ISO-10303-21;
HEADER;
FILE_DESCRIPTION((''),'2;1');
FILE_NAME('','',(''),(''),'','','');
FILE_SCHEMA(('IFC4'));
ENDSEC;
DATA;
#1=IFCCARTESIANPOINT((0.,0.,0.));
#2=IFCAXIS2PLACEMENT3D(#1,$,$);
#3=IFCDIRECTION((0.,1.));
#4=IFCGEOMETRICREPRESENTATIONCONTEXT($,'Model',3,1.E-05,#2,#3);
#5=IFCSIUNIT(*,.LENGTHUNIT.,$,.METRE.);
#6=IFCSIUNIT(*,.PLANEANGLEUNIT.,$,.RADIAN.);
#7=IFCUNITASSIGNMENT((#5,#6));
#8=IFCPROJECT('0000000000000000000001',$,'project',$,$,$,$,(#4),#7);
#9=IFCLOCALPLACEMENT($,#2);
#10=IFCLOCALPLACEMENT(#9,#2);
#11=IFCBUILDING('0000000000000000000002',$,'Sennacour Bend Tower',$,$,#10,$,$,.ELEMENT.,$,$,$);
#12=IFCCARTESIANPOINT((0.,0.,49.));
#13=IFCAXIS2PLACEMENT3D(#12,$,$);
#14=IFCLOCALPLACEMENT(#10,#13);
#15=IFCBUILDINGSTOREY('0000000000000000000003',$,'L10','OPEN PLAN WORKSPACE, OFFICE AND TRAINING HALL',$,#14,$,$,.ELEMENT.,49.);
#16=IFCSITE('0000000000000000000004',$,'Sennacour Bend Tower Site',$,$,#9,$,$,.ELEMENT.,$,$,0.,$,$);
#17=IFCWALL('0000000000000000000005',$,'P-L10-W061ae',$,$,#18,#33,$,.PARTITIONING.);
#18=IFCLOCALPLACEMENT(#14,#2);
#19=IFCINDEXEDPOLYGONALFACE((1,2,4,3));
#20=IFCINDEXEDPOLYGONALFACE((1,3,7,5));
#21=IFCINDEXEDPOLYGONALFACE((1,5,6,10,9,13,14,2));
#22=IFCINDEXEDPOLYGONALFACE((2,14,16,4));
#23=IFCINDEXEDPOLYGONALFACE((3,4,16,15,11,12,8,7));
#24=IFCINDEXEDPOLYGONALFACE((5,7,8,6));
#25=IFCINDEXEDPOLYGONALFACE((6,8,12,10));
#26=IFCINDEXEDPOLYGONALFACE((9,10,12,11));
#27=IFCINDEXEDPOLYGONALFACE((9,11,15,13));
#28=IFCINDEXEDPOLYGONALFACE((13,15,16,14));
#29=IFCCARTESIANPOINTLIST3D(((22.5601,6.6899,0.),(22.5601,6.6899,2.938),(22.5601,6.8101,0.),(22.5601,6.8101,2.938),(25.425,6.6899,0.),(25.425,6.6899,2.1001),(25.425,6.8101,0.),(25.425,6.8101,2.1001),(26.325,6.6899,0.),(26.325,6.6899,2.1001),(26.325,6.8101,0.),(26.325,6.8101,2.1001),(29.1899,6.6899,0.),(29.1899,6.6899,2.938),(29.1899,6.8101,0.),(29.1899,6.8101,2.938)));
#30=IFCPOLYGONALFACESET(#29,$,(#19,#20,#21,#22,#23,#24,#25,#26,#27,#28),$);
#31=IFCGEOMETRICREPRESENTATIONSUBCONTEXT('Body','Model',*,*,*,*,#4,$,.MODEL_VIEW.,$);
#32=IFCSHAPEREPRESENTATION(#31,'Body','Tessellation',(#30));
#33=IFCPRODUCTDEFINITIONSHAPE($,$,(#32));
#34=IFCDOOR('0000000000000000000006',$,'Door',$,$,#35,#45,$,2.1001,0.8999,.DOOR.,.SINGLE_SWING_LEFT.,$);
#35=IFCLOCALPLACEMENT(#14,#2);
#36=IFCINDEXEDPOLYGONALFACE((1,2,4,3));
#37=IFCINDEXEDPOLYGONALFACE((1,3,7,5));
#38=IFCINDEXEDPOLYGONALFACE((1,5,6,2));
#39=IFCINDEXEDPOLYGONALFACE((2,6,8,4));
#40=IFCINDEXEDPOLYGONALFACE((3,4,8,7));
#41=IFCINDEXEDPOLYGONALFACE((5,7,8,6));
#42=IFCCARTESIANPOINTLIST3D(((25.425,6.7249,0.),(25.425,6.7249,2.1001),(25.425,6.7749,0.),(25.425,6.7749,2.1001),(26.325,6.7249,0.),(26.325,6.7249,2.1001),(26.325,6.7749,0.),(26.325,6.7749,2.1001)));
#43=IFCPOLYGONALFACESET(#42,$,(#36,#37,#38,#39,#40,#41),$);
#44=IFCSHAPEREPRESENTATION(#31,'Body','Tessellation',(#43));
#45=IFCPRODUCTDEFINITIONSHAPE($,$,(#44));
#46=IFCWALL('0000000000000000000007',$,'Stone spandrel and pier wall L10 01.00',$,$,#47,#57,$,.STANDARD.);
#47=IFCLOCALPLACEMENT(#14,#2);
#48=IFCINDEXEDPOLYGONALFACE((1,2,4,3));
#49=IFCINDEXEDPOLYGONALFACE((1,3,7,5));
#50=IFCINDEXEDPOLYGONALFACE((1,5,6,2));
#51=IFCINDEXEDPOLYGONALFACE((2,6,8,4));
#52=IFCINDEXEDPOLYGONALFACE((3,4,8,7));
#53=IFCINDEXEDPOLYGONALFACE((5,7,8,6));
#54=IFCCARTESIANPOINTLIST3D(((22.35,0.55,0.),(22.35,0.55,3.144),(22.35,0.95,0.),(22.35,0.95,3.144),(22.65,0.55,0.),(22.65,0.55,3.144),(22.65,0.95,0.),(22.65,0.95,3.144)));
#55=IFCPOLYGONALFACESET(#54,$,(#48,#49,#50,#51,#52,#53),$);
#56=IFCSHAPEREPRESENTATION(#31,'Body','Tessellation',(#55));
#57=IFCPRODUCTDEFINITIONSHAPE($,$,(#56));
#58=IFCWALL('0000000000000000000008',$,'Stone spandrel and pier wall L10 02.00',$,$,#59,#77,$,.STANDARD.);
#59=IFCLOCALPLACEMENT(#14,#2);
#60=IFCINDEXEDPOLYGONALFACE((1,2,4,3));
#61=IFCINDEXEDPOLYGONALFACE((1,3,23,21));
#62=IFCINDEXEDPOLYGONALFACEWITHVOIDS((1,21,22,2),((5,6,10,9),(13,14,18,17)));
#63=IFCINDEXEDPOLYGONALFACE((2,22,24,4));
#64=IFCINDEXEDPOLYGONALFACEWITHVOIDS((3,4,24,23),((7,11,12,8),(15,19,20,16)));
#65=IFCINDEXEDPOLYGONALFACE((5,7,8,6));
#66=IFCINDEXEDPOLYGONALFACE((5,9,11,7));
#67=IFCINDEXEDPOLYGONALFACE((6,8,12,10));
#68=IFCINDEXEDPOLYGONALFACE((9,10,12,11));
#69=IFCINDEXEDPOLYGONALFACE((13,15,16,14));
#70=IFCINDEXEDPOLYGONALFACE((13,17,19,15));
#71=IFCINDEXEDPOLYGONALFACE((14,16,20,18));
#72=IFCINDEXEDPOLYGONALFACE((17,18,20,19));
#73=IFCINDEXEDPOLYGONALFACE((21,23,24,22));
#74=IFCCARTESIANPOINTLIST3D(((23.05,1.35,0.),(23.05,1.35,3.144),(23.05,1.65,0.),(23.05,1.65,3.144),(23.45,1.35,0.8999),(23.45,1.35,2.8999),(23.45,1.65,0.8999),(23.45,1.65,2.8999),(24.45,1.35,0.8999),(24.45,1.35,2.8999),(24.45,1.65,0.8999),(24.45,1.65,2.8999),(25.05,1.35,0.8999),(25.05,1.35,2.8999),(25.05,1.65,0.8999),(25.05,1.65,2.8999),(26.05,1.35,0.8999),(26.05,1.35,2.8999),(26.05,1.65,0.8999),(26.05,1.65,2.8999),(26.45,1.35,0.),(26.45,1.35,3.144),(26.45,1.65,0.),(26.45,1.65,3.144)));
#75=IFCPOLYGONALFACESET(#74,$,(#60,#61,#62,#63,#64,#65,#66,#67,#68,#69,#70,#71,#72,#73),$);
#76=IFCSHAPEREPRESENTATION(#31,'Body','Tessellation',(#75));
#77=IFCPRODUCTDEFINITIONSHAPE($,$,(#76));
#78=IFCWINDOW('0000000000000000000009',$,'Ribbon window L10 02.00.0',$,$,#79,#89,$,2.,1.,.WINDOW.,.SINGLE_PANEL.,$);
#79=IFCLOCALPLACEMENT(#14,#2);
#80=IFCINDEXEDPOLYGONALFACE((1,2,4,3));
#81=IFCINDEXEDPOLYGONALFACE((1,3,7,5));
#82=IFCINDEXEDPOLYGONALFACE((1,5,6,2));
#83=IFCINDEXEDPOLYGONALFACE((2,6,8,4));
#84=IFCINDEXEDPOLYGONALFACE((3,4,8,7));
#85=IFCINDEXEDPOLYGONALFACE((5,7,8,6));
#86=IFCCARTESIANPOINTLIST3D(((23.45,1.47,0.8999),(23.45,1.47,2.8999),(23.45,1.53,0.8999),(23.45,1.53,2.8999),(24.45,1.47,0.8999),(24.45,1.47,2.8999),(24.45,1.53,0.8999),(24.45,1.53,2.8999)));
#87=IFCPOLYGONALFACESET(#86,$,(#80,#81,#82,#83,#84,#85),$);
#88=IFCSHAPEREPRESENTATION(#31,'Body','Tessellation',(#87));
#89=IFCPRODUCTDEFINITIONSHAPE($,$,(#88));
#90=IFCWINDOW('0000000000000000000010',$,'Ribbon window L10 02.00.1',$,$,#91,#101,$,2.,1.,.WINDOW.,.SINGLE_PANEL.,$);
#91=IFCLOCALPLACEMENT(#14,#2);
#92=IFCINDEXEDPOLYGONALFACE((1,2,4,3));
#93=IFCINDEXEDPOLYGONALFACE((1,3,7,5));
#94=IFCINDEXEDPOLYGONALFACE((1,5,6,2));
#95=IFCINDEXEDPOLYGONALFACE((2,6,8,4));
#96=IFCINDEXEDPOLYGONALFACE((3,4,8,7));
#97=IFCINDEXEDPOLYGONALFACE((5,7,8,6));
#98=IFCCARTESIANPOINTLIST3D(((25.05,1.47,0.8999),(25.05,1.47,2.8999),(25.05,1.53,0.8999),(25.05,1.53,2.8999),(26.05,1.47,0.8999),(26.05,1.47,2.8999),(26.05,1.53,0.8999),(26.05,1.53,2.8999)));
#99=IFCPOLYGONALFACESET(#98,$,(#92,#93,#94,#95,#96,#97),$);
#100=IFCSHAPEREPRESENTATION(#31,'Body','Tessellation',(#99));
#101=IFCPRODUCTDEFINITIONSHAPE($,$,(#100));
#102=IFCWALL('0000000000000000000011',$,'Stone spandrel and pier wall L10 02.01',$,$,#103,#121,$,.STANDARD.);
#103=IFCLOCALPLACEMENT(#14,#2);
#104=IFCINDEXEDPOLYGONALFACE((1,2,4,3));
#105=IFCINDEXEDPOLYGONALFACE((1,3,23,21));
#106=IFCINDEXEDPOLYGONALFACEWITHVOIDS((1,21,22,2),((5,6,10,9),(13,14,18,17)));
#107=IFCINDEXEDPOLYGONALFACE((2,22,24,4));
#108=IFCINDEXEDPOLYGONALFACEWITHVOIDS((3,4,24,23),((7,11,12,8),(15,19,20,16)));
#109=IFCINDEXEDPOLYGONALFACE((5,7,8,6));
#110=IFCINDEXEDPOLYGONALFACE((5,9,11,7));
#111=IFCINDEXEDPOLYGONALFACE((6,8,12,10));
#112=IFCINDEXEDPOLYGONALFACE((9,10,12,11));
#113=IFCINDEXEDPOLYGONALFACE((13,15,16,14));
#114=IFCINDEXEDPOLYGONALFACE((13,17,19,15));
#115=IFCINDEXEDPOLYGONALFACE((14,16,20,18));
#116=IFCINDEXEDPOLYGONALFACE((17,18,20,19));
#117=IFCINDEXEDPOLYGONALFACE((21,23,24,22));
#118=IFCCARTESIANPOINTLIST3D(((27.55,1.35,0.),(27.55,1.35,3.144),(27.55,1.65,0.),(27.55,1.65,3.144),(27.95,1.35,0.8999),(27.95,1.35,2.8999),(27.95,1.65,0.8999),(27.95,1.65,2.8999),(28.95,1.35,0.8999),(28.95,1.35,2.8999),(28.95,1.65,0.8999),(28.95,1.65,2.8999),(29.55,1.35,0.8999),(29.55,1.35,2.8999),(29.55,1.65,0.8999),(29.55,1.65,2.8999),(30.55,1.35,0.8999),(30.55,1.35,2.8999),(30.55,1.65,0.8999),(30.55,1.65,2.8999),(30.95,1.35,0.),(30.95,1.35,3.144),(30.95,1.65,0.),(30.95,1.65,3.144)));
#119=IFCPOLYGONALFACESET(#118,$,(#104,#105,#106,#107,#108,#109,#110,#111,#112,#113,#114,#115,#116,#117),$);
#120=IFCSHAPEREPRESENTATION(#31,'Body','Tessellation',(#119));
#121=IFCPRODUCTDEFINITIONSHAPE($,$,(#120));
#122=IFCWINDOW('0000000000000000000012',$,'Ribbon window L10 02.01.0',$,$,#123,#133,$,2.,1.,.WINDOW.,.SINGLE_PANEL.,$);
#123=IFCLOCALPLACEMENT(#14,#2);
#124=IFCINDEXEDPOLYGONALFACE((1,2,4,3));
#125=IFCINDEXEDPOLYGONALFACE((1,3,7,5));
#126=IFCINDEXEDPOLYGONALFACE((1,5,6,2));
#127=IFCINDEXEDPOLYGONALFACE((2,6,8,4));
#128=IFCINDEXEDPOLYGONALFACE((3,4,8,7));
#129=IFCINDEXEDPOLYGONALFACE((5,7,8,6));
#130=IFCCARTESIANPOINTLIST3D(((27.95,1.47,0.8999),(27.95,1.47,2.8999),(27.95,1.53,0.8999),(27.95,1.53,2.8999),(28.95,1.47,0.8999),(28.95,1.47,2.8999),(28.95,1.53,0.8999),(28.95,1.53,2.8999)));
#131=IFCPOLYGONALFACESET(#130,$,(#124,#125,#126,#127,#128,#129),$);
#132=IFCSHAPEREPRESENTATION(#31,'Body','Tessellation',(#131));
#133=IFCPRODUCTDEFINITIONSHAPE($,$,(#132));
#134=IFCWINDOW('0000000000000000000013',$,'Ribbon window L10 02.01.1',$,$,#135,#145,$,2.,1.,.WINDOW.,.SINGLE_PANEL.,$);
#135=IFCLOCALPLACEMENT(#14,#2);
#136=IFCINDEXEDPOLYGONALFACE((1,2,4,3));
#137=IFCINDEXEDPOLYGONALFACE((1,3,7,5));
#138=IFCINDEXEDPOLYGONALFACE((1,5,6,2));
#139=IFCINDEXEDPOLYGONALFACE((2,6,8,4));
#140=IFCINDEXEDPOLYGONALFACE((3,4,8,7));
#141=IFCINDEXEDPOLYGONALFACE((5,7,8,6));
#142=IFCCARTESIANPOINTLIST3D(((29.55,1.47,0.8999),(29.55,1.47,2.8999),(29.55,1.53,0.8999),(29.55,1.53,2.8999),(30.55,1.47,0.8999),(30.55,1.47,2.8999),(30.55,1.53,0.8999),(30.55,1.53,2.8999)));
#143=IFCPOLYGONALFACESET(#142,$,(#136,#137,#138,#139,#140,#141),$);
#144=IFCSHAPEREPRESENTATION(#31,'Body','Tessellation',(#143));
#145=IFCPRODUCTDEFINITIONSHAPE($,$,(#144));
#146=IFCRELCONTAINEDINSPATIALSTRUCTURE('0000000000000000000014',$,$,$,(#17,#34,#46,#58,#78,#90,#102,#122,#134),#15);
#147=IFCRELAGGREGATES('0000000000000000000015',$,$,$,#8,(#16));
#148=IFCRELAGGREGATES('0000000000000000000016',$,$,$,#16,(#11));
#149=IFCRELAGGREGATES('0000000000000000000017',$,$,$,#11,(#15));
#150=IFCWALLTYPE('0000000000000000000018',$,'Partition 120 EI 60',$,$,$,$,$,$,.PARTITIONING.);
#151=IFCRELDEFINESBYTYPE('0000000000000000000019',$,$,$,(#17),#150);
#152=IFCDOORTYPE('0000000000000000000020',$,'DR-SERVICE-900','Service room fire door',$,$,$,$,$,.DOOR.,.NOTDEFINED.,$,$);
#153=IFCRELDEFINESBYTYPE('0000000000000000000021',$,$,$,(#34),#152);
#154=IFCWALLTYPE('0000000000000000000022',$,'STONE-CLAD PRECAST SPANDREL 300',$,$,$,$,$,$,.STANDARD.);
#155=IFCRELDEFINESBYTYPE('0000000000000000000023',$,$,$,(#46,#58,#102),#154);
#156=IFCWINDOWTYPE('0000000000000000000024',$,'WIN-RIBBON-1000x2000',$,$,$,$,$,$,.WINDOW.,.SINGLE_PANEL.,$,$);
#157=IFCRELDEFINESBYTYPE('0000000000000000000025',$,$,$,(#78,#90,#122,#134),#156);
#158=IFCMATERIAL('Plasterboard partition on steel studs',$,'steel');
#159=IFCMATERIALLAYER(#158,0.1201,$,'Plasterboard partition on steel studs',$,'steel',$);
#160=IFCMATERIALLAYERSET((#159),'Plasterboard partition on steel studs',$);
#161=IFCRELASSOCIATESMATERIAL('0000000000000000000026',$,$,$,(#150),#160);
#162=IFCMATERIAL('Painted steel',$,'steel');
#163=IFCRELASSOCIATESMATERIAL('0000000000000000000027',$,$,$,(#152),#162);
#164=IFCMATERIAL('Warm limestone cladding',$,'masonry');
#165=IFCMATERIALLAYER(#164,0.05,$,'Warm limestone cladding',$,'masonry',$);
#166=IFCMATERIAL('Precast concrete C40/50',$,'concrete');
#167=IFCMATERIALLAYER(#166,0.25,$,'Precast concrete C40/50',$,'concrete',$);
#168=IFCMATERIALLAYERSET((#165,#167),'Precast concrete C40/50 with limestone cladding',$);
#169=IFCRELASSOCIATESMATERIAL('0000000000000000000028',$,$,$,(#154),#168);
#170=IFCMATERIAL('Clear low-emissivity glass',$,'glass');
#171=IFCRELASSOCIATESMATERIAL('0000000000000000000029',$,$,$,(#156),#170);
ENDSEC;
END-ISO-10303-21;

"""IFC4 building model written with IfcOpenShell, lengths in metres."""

from ifc_helpers import new_model, si_unit, direction, frame, frame_2d, origin, place, context, subcontext, project, spatial, rectangle, extrude, material, layer, layer_set, type_object, element, fill, save


model = new_model("IFC4")

# Units and contexts
model_context = context("Model", 3, precision=1e-05, world=origin(), true_north=direction((0.0, 1.0)))
body_context = subcontext(model_context, "Body", "Model", "MODEL_VIEW")
ifc_project = project(units=[si_unit("LENGTHUNIT", "METRE"), si_unit("PLANEANGLEUNIT", "RADIAN")], contexts=[model_context])

# Site, building, storey
site_placement = place(None, origin())
site = spatial("IfcSite", under=ifc_project, at=site_placement, Name="Sennacour Bend Tower Site", CompositionType="ELEMENT", RefElevation=0.0)
building_placement = place(site_placement, origin())
building = spatial("IfcBuilding", under=site, at=building_placement, Name="Sennacour Bend Tower", CompositionType="ELEMENT")
storey_placement = place(building_placement, frame((0.0, 0.0, 49.0)))
storey = spatial("IfcBuildingStorey", under=building, at=storey_placement, Name="L10", Description="OPEN PLAN WORKSPACE, OFFICE AND TRAINING HALL", CompositionType="ELEMENT", Elevation=49.0)

# Shared definitions
ifc_material_1 = material(Name="Plasterboard partition on steel studs", Category="steel")

# Wall, opening, door
ifc_layer_1 = layer(ifc_material_1, 0.1201, Name="Plasterboard partition on steel studs", Category="steel")
ifc_layer_set_1 = layer_set([ifc_layer_1], Name="Plasterboard partition on steel studs")
wall_type_1 = type_object("IfcWallType", Name="Partition 120 EI 60", PredefinedType="PARTITIONING", material=ifc_layer_set_1)
wall_1_placement = place(storey_placement, frame((22.5601, 6.75, 0.0), z_axis=(0.0, 0.0, 1.0), x_axis=(1.0, 0.0, 0.0)))
wall_1 = element("IfcWall", 1, at=wall_1_placement, inside=storey, type_object=wall_type_1, Name="P-L10-W061ae", PredefinedType="PARTITIONING", context=body_context, shape_type="SweptSolid", body=[
    extrude(rectangle(XDim=6.6299, YDim=0.1201, at=frame_2d((3.3149, 0.0))), origin(), (0.0, 0.0, 1.0), 2.938),
])
opening_1_placement = place(wall_1_placement, frame((2.865, 0.0, 0.0)))
opening_1 = element("IfcOpeningElement", 2, at=opening_1_placement, cuts=wall_1, PredefinedType="OPENING", context=body_context, shape_type="SweptSolid", body=[
    extrude(rectangle(XDim=0.8999, YDim=2.1001, at=frame_2d((0.45, 1.05))), frame((0.0, 0.0701, 0.0), z_axis=(0.0, -1.0, 0.0), x_axis=(1.0, 0.0, 0.0)), (0.0, 0.0, 1.0), 0.1401),
])
ifc_material_2 = material(Name="Painted steel", Category="steel")
door_type_1 = type_object("IfcDoorType", Name="DR-SERVICE-900", Description="Service room fire door", OperationType="NOTDEFINED", PredefinedType="DOOR", material=ifc_material_2)
door_1_placement = place(opening_1_placement, origin())
door_1 = element("IfcDoor", 3, at=door_1_placement, inside=storey, type_object=door_type_1, Name="Door", OperationType="SINGLE_SWING_LEFT", OverallHeight=2.1001, OverallWidth=0.8999, PredefinedType="DOOR", context=body_context, shape_type="SweptSolid", body=[
    extrude(rectangle(XDim=0.8999, YDim=2.1001, at=frame_2d((0.45, 1.05))), frame((0.0, 0.0249, 0.0), z_axis=(0.0, -1.0, 0.0), x_axis=(1.0, 0.0, 0.0)), (0.0, 0.0, 1.0), 0.05),
])
fill(opening_1, door_1)

# Wall
ifc_material_3 = material(Name="Warm limestone cladding", Category="masonry")
ifc_layer_2 = layer(ifc_material_3, 0.05, Name="Warm limestone cladding", Category="masonry")
ifc_material_4 = material(Name="Precast concrete C40/50", Category="concrete")
ifc_layer_3 = layer(ifc_material_4, 0.25, Name="Precast concrete C40/50", Category="concrete")
ifc_layer_set_2 = layer_set([ifc_layer_2, ifc_layer_3], Name="Precast concrete C40/50 with limestone cladding")
wall_type_2 = type_object("IfcWallType", Name="STONE-CLAD PRECAST SPANDREL 300", PredefinedType="STANDARD", material=ifc_layer_set_2)
wall_2_placement = place(storey_placement, frame((22.5, 0.55, 0.0), z_axis=(0.0, 0.0, 1.0), x_axis=(0.0, 1.0, 0.0)))
element("IfcWall", 4, at=wall_2_placement, inside=storey, type_object=wall_type_2, Name="Stone spandrel and pier wall L10 01.00", PredefinedType="STANDARD", context=body_context, shape_type="SweptSolid", body=[
    extrude(rectangle(XDim=0.3999, YDim=0.3, at=frame_2d((0.2, 0.0))), origin(), (0.0, 0.0, 1.0), 3.144),
])

# Walls, openings, windows
wall_3_placement = place(storey_placement, frame((23.05, 1.5, 0.0), z_axis=(0.0, 0.0, 1.0), x_axis=(1.0, 0.0, 0.0)))
wall_3 = element("IfcWall", 5, at=wall_3_placement, inside=storey, type_object=wall_type_2, Name="Stone spandrel and pier wall L10 02.00", PredefinedType="STANDARD", context=body_context, shape_type="SweptSolid", body=[
    extrude(rectangle(XDim=3.3999, YDim=0.3, at=frame_2d((1.7, 0.0))), origin(), (0.0, 0.0, 1.0), 3.144),
])
opening_2_placement = place(wall_3_placement, frame((0.3999, 0.0, 0.8999)))
opening_2 = element("IfcOpeningElement", 6, at=opening_2_placement, cuts=wall_3, PredefinedType="OPENING", context=body_context, shape_type="SweptSolid", body=[
    extrude(rectangle(XDim=1.0, YDim=2.0, at=frame_2d((0.5, 1.0))), frame((0.0, 0.1602, 0.0), z_axis=(0.0, -1.0, 0.0), x_axis=(1.0, 0.0, 0.0)), (0.0, 0.0, 1.0), 0.3201),
])
opening_3_placement = place(wall_3_placement, frame((2.0, 0.0, 0.8999)))
opening_3 = element("IfcOpeningElement", 7, at=opening_3_placement, cuts=wall_3, PredefinedType="OPENING", context=body_context, shape_type="SweptSolid", body=[
    extrude(rectangle(XDim=1.0, YDim=2.0, at=frame_2d((0.5, 1.0))), frame((0.0, 0.1602, 0.0), z_axis=(0.0, -1.0, 0.0), x_axis=(1.0, 0.0, 0.0)), (0.0, 0.0, 1.0), 0.3201),
])
ifc_material_5 = material(Name="Clear low-emissivity glass", Category="glass")
window_type = type_object("IfcWindowType", Name="WIN-RIBBON-1000x2000", PartitioningType="SINGLE_PANEL", PredefinedType="WINDOW", material=ifc_material_5)
window_1_placement = place(opening_2_placement, origin())
window_1 = element("IfcWindow", 8, at=window_1_placement, inside=storey, type_object=window_type, Name="Ribbon window L10 02.00.0", OverallHeight=2.0, OverallWidth=1.0, PartitioningType="SINGLE_PANEL", PredefinedType="WINDOW", context=body_context, shape_type="SweptSolid", body=[
    extrude(rectangle(XDim=1.0, YDim=2.0, at=frame_2d((0.5, 1.0))), frame((0.0, 0.03, 0.0), z_axis=(0.0, -1.0, 0.0), x_axis=(1.0, 0.0, 0.0)), (0.0, 0.0, 1.0), 0.0601),
])
fill(opening_2, window_1)
window_2_placement = place(opening_3_placement, origin())
window_2 = element("IfcWindow", 9, at=window_2_placement, inside=storey, type_object=window_type, Name="Ribbon window L10 02.00.1", OverallHeight=2.0, OverallWidth=1.0, PartitioningType="SINGLE_PANEL", PredefinedType="WINDOW", context=body_context, shape_type="SweptSolid", body=[
    extrude(rectangle(XDim=1.0, YDim=2.0, at=frame_2d((0.5, 1.0))), frame((0.0, 0.03, 0.0), z_axis=(0.0, -1.0, 0.0), x_axis=(1.0, 0.0, 0.0)), (0.0, 0.0, 1.0), 0.0601),
])
fill(opening_3, window_2)
wall_4_placement = place(storey_placement, frame((27.55, 1.5, 0.0), z_axis=(0.0, 0.0, 1.0), x_axis=(1.0, 0.0, 0.0)))
wall_4 = element("IfcWall", 10, at=wall_4_placement, inside=storey, type_object=wall_type_2, Name="Stone spandrel and pier wall L10 02.01", PredefinedType="STANDARD", context=body_context, shape_type="SweptSolid", body=[
    extrude(rectangle(XDim=3.3999, YDim=0.3, at=frame_2d((1.7, 0.0))), origin(), (0.0, 0.0, 1.0), 3.144),
])
opening_4_placement = place(wall_4_placement, frame((0.3999, 0.0, 0.8999)))
opening_4 = element("IfcOpeningElement", 11, at=opening_4_placement, cuts=wall_4, PredefinedType="OPENING", context=body_context, shape_type="SweptSolid", body=[
    extrude(rectangle(XDim=1.0, YDim=2.0, at=frame_2d((0.5, 1.0))), frame((0.0, 0.1602, 0.0), z_axis=(0.0, -1.0, 0.0), x_axis=(1.0, 0.0, 0.0)), (0.0, 0.0, 1.0), 0.3201),
])
opening_5_placement = place(wall_4_placement, frame((2.0, 0.0, 0.8999)))
opening_5 = element("IfcOpeningElement", 12, at=opening_5_placement, cuts=wall_4, PredefinedType="OPENING", context=body_context, shape_type="SweptSolid", body=[
    extrude(rectangle(XDim=1.0, YDim=2.0, at=frame_2d((0.5, 1.0))), frame((0.0, 0.1602, 0.0), z_axis=(0.0, -1.0, 0.0), x_axis=(1.0, 0.0, 0.0)), (0.0, 0.0, 1.0), 0.3201),
])
window_3_placement = place(opening_4_placement, origin())
window_3 = element("IfcWindow", 13, at=window_3_placement, inside=storey, type_object=window_type, Name="Ribbon window L10 02.01.0", OverallHeight=2.0, OverallWidth=1.0, PartitioningType="SINGLE_PANEL", PredefinedType="WINDOW", context=body_context, shape_type="SweptSolid", body=[
    extrude(rectangle(XDim=1.0, YDim=2.0, at=frame_2d((0.5, 1.0))), frame((0.0, 0.03, 0.0), z_axis=(0.0, -1.0, 0.0), x_axis=(1.0, 0.0, 0.0)), (0.0, 0.0, 1.0), 0.0601),
])
fill(opening_4, window_3)
window_4_placement = place(opening_5_placement, origin())
window_4 = element("IfcWindow", 14, at=window_4_placement, inside=storey, type_object=window_type, Name="Ribbon window L10 02.01.1", OverallHeight=2.0, OverallWidth=1.0, PartitioningType="SINGLE_PANEL", PredefinedType="WINDOW", context=body_context, shape_type="SweptSolid", body=[
    extrude(rectangle(XDim=1.0, YDim=2.0, at=frame_2d((0.5, 1.0))), frame((0.0, 0.03, 0.0), z_axis=(0.0, -1.0, 0.0), x_axis=(1.0, 0.0, 0.0)), (0.0, 0.0, 1.0), 0.0601),
])
fill(opening_5, window_4)

save(model, "model.ifc")
